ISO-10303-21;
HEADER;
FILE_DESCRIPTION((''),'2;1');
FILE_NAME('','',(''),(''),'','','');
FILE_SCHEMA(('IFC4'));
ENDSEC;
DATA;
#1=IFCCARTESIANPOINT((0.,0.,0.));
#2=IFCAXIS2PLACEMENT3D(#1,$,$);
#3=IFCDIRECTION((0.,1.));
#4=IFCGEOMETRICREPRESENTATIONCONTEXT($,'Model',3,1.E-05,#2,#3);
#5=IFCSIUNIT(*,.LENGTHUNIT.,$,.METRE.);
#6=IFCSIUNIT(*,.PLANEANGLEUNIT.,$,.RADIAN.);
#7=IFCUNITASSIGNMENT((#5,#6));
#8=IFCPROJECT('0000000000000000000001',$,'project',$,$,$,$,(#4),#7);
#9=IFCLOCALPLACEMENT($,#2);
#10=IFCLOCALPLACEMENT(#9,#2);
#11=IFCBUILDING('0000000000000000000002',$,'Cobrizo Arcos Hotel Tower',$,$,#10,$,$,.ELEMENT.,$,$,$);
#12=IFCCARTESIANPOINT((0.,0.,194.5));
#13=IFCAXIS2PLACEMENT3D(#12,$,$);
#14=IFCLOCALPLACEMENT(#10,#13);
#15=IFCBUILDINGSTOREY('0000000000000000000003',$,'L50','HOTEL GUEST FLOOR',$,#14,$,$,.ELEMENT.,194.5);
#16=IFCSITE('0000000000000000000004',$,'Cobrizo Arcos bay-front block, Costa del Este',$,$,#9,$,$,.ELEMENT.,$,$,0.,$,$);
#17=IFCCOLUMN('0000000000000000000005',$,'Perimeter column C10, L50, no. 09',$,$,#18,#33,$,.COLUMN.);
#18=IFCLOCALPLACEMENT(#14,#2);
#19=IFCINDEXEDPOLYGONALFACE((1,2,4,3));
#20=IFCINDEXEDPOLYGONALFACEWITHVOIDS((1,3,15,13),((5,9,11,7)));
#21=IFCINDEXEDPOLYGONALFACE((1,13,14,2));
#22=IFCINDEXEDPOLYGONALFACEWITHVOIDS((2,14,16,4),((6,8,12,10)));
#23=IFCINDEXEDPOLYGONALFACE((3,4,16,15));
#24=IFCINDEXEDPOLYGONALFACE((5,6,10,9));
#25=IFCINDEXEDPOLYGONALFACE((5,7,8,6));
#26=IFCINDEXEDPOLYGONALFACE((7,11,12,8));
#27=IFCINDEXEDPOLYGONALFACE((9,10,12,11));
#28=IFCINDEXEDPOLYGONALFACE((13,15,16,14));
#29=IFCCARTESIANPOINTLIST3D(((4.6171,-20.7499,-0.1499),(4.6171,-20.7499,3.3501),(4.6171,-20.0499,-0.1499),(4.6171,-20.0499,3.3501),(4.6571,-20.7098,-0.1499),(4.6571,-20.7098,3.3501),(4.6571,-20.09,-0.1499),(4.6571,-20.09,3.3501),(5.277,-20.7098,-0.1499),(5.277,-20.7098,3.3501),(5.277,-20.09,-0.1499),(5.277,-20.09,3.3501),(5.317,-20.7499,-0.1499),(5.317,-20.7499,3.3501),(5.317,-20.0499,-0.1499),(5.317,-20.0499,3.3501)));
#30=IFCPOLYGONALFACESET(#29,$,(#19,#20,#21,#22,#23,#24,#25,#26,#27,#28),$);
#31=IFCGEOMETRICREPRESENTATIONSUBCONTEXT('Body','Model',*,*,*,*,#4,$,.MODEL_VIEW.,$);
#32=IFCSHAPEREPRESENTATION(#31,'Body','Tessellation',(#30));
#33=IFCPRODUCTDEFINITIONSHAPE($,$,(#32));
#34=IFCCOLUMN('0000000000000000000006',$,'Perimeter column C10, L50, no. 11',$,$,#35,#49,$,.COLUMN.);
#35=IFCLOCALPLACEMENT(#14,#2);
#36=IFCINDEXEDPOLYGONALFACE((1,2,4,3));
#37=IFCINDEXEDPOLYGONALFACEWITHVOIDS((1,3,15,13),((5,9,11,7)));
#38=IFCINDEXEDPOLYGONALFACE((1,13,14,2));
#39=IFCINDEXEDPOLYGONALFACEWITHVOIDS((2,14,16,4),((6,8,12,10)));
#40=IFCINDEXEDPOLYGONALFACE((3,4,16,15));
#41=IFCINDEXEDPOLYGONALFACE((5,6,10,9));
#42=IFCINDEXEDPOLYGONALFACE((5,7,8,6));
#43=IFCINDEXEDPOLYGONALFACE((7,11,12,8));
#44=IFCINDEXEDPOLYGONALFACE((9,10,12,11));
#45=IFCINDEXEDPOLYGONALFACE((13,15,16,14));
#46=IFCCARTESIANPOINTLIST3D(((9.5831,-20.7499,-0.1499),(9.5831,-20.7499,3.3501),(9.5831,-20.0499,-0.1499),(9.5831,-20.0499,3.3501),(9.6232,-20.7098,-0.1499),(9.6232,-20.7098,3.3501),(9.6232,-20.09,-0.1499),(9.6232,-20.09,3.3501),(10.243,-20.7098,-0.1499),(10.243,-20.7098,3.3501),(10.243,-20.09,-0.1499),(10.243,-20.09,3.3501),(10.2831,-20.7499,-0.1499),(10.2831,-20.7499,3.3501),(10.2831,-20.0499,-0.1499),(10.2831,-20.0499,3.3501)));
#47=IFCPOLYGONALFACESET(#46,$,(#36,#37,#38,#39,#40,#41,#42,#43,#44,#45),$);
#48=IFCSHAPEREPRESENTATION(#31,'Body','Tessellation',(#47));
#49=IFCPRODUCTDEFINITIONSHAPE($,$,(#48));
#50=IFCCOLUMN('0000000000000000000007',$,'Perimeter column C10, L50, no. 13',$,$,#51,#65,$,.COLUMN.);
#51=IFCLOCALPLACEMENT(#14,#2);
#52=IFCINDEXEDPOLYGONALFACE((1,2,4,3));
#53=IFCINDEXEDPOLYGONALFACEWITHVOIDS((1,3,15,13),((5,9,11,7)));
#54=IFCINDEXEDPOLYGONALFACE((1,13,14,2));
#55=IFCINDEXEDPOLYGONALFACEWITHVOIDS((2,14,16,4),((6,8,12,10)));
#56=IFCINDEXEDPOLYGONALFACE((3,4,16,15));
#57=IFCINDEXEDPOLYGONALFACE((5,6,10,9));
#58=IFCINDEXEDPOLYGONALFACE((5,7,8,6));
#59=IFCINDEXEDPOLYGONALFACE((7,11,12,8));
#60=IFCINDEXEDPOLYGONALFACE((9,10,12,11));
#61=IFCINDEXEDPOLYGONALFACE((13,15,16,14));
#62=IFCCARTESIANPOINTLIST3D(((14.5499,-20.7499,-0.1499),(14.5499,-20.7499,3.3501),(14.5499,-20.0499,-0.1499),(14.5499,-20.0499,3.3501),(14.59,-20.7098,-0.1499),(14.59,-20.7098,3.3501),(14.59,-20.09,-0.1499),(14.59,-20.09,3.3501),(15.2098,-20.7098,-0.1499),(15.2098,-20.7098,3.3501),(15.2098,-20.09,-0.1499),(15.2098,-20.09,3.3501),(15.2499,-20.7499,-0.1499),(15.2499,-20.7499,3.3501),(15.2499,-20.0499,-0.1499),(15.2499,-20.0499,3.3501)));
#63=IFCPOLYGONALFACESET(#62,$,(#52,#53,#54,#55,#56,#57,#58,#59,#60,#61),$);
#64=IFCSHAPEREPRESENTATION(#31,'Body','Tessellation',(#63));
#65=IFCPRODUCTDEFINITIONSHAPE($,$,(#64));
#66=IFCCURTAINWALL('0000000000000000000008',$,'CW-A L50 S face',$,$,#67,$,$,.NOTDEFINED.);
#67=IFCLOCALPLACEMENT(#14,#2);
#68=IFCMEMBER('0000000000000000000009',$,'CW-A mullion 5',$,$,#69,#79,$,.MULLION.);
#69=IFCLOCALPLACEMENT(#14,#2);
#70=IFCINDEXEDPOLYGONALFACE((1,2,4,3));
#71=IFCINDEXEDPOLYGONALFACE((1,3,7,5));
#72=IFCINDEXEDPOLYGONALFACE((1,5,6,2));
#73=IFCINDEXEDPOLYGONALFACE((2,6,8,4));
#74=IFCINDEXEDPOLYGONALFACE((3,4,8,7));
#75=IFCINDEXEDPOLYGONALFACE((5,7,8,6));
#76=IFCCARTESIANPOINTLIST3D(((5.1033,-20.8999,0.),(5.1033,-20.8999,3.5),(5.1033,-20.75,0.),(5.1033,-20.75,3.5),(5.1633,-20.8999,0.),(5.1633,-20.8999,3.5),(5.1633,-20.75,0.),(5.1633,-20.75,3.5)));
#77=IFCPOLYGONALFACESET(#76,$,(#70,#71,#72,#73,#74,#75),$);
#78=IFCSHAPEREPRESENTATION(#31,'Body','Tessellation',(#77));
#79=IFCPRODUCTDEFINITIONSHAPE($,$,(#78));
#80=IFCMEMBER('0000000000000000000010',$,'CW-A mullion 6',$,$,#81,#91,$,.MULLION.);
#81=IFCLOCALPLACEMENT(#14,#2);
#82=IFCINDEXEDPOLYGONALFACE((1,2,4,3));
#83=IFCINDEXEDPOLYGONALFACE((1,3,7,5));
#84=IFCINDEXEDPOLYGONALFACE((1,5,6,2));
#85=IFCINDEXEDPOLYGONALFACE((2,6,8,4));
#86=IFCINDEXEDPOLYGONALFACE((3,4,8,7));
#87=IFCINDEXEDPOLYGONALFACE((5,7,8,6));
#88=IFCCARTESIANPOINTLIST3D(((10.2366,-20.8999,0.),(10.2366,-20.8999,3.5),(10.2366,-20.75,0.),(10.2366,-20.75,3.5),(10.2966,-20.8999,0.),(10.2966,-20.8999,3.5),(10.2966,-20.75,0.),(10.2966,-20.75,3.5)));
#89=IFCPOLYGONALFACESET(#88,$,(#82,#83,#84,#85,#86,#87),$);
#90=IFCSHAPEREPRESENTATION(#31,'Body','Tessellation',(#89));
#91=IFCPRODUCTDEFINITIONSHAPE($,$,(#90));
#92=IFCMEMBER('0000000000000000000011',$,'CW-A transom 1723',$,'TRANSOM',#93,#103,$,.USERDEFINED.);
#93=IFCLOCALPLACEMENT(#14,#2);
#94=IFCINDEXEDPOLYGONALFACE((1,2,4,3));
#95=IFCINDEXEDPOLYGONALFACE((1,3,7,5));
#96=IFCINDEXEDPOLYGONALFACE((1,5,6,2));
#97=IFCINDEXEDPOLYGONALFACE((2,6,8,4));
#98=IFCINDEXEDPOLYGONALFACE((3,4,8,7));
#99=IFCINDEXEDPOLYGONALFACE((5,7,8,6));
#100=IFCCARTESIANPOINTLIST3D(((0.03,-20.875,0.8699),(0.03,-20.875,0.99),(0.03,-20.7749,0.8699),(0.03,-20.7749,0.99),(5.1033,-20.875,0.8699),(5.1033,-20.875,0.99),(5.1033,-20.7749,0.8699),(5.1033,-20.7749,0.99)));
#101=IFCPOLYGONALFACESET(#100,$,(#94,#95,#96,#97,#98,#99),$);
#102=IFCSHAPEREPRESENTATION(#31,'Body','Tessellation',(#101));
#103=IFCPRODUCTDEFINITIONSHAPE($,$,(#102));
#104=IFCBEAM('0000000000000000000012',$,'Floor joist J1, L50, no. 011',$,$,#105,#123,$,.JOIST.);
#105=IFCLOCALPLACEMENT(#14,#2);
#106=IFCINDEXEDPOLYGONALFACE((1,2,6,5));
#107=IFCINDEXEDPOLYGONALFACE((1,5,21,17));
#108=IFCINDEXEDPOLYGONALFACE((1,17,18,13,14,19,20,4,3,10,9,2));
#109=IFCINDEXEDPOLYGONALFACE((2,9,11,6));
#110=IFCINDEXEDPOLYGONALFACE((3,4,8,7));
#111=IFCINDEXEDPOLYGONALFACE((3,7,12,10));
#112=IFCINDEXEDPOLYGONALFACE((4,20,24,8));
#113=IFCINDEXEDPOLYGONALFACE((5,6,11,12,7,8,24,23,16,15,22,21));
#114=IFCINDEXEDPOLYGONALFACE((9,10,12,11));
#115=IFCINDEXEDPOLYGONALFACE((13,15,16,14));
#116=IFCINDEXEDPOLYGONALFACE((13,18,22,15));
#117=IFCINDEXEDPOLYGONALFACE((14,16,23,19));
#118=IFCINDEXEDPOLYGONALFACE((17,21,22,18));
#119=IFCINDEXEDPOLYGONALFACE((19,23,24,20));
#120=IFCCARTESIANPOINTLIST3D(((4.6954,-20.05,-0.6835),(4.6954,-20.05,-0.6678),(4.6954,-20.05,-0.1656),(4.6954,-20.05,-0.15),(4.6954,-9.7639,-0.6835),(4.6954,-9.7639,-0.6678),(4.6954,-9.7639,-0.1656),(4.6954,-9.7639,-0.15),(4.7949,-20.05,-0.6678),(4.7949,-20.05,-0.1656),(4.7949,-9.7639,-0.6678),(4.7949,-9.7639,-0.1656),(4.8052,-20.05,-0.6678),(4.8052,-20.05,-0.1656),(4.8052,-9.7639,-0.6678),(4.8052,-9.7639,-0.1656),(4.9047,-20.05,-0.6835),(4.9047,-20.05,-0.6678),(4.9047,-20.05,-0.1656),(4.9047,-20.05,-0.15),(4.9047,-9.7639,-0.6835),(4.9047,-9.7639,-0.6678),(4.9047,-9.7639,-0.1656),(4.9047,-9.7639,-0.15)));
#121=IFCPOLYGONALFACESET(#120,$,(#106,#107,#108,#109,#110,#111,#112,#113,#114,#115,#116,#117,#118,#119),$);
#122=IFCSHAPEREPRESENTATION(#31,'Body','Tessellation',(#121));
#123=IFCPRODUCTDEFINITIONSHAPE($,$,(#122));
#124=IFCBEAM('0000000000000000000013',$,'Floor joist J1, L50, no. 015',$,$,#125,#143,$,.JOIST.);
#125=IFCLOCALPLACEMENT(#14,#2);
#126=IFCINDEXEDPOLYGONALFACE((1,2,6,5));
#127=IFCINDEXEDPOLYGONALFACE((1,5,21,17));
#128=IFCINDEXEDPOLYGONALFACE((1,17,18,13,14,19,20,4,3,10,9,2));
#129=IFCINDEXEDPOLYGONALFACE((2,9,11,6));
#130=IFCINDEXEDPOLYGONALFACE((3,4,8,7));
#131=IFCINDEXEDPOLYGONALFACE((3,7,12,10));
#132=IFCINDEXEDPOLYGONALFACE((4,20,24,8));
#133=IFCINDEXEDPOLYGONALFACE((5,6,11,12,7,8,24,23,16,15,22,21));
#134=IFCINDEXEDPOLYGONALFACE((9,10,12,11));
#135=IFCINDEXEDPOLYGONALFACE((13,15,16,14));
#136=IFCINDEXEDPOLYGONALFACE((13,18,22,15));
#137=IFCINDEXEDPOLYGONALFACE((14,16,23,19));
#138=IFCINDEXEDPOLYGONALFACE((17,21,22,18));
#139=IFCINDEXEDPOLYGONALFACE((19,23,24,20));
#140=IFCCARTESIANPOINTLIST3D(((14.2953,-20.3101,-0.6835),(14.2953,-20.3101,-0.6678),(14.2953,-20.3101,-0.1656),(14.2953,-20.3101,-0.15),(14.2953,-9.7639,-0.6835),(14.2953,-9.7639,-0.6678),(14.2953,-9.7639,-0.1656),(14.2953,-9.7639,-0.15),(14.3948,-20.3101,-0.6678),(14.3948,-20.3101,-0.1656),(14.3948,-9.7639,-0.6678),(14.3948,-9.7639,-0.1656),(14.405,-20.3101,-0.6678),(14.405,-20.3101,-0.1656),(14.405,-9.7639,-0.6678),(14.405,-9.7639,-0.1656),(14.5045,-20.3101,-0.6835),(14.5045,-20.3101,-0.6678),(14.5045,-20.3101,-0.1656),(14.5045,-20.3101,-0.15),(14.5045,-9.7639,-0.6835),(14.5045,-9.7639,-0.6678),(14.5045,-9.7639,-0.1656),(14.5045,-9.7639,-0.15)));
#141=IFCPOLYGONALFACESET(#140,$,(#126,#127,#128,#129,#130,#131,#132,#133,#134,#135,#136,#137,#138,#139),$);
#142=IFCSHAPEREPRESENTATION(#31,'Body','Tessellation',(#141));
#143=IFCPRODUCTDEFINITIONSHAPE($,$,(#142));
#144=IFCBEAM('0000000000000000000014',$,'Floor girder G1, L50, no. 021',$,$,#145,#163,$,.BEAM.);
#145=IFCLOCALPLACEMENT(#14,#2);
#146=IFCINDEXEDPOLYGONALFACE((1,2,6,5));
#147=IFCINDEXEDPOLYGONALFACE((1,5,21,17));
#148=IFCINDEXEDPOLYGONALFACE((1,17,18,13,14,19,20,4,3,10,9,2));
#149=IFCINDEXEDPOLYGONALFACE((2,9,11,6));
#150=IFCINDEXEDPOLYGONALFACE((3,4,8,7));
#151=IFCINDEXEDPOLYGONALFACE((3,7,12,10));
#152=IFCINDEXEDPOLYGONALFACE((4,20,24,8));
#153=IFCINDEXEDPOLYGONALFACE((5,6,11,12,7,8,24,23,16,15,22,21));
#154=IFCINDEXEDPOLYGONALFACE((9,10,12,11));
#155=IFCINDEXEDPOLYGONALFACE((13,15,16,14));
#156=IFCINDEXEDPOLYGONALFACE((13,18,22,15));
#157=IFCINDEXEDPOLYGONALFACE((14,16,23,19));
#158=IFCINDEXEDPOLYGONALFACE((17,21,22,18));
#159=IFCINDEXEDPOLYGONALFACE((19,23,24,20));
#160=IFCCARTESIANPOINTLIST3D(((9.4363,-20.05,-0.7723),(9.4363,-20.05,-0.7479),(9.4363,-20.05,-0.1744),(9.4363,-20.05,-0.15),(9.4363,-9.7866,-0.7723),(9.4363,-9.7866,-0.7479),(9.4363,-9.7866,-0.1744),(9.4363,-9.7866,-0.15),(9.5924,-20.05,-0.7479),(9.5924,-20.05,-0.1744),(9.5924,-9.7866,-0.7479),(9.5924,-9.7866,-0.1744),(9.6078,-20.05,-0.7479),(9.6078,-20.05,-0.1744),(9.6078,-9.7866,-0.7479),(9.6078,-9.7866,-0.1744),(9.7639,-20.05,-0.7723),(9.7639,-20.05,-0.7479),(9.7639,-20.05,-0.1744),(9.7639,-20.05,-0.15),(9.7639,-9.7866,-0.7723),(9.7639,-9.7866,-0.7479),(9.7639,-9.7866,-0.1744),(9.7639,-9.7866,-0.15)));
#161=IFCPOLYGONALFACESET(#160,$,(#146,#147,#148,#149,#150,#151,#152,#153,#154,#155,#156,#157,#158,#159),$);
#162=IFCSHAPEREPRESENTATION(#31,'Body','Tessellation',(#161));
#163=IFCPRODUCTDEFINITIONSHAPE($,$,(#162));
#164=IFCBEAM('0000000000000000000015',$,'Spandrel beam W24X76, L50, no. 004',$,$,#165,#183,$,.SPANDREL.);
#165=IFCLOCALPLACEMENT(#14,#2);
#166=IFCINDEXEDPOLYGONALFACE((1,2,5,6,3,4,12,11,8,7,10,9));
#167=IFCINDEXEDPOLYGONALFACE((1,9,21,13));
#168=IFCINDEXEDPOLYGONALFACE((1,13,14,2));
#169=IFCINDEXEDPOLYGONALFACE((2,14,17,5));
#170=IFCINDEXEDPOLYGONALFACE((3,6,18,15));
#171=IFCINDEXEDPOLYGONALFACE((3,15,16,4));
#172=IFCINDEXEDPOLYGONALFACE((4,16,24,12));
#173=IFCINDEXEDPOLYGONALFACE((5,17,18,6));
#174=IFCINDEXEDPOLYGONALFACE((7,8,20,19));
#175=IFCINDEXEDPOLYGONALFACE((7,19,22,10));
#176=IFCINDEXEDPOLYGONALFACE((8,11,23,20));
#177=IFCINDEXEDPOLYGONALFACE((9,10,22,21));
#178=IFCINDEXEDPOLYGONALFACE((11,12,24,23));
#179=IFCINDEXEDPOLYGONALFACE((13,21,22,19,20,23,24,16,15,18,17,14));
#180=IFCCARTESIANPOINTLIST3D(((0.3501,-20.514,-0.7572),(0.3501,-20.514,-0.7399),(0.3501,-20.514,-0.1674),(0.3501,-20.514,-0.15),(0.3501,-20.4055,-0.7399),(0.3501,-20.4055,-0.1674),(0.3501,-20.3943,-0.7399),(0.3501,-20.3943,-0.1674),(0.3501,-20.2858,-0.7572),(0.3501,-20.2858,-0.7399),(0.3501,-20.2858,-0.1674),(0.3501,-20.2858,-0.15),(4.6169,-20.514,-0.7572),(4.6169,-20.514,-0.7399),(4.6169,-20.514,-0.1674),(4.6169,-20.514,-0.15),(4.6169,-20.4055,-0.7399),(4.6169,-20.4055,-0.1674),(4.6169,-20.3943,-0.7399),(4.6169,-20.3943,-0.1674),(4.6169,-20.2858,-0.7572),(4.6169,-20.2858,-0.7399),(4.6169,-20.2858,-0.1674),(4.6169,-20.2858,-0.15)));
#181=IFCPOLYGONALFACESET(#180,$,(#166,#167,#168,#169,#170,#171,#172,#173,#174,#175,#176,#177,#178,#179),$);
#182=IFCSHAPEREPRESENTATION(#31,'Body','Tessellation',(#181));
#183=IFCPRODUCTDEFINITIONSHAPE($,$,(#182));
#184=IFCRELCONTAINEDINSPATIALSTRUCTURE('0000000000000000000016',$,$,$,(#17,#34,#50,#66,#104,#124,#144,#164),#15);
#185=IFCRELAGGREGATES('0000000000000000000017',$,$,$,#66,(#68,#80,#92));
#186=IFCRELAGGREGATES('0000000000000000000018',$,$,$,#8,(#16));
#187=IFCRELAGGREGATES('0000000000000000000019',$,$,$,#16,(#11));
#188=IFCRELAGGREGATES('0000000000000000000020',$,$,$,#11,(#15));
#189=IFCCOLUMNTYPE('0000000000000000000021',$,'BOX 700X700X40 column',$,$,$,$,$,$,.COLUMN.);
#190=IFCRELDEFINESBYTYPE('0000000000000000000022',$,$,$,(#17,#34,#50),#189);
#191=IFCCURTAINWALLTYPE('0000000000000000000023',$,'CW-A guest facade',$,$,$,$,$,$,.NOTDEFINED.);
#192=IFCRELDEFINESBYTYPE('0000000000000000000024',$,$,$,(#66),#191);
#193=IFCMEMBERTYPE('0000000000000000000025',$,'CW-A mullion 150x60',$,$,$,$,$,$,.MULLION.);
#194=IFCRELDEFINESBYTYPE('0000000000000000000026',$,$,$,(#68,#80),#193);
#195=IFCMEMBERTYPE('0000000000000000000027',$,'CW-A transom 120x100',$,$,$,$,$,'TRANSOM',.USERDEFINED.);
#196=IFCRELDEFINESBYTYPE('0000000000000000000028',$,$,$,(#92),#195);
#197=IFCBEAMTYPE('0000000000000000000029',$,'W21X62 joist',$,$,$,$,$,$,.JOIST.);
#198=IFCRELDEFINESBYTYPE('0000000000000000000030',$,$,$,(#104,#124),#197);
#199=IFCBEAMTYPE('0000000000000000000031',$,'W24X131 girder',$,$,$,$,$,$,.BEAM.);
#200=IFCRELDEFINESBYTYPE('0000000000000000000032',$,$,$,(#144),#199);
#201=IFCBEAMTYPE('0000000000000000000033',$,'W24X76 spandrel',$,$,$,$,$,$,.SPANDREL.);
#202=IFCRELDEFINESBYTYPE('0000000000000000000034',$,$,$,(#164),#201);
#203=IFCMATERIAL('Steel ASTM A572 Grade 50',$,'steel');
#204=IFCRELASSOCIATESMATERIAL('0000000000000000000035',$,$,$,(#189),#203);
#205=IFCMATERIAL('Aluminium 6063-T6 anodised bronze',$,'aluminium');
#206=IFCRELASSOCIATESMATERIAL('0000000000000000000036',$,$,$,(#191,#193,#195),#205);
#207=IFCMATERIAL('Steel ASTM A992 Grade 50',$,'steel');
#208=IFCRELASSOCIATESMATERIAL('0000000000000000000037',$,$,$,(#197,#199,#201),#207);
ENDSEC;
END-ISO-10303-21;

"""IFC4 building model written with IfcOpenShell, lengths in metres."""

from ifc_helpers import new_model, si_unit, direction, frame, origin, origin_2d, place, context, subcontext, project, spatial, rectangle, hollow_rectangle, i_section, extrude, material, material_profile, profile_set, type_object, element, aggregate, save


model = new_model("IFC4")

# Units and contexts
model_context = context("Model", 3, precision=1e-05, world=origin(), true_north=direction((0.0, 1.0)))
body_context = subcontext(model_context, "Body", "Model", "MODEL_VIEW")
ifc_project = project(units=[si_unit("LENGTHUNIT", "METRE"), si_unit("PLANEANGLEUNIT", "RADIAN")], contexts=[model_context])

# Site, building, storey
site_placement = place(None, origin())
site = spatial("IfcSite", under=ifc_project, at=site_placement, Name="Cobrizo Arcos bay-front block, Costa del Este", CompositionType="ELEMENT", RefElevation=0.0)
building_placement = place(site_placement, origin())
building = spatial("IfcBuilding", under=site, at=building_placement, Name="Cobrizo Arcos Hotel Tower", CompositionType="ELEMENT")
storey_placement = place(building_placement, frame((0.0, 0.0, 194.5)))
storey = spatial("IfcBuildingStorey", under=building, at=storey_placement, Name="L50", Description="HOTEL GUEST FLOOR", CompositionType="ELEMENT", Elevation=194.5)

# Columns
ifc_material_1 = material(Name="Steel ASTM A572 Grade 50", Category="steel")
ifc_material_profile_1 = material_profile(ifc_material_1, hollow_rectangle(XDim=0.7, YDim=0.7, WallThickness=0.04, at=origin_2d()), Name="BOX 700X700X40")
ifc_profile_set_1 = profile_set([ifc_material_profile_1], Name="Steel ASTM A572 Grade 50")
column_type = type_object("IfcColumnType", Name="BOX 700X700X40 column", PredefinedType="COLUMN", material=ifc_profile_set_1)
for number, where, z_axis, x_axis, name in (
    (1, (4.967, -20.3999, -0.1499), (0.0, 0.0, 1.0), (1.0, 0.0, 0.0), "Perimeter column C10, L50, no. 09"),
    (2, (9.9331, -20.3999, -0.1499), (0.0, 0.0, 1.0), (1.0, 0.0, 0.0), "Perimeter column C10, L50, no. 11"),
    (3, (14.8999, -20.3999, -0.1499), (0.0, 0.0, 1.0), (1.0, 0.0, 0.0), "Perimeter column C10, L50, no. 13"),
):
    element("IfcColumn", number, at=place(storey_placement, frame(where, z_axis=z_axis, x_axis=x_axis)), inside=storey, type_object=column_type, Name=name, PredefinedType="COLUMN", context=body_context, shape_type="SweptSolid", body=[
        extrude(hollow_rectangle(XDim=0.7, YDim=0.7, WallThickness=0.04, at=origin_2d()), origin(), (0.0, 0.0, 1.0), 3.5),
    ])

# Curtain wall, members
ifc_material_2 = material(Name="Aluminium 6063-T6 anodised bronze", Category="aluminium")
curtain_wall_type = type_object("IfcCurtainWallType", Name="CW-A guest facade", PredefinedType="NOTDEFINED", material=ifc_material_2)
curtain_wall_placement = place(storey_placement, origin())
curtain_wall = element("IfcCurtainWall", 4, at=curtain_wall_placement, inside=storey, type_object=curtain_wall_type, Name="CW-A L50 S face", PredefinedType="NOTDEFINED")
ifc_material_profile_2 = material_profile(ifc_material_2, rectangle(XDim=0.1499, YDim=0.0601, at=origin_2d()), Name="CW-A mullion 150x60")
ifc_profile_set_2 = profile_set([ifc_material_profile_2], Name="Aluminium 6063-T6 anodised bronze")
member_type_1 = type_object("IfcMemberType", Name="CW-A mullion 150x60", PredefinedType="MULLION", material=ifc_profile_set_2)
member_1_placement = place(storey_placement, frame((5.1333, -20.825, 0.0), z_axis=(0.0, 0.0, 1.0), x_axis=(0.0, -1.0, 0.0)))
member_1 = element("IfcMember", 5, at=member_1_placement, type_object=member_type_1, Name="CW-A mullion 5", PredefinedType="MULLION", context=body_context, shape_type="SweptSolid", body=[
    extrude(rectangle(XDim=0.1499, YDim=0.0601, at=origin_2d()), origin(), (0.0, 0.0, 1.0), 3.5),
])
member_2_placement = place(storey_placement, frame((10.2666, -20.825, 0.0), z_axis=(0.0, 0.0, 1.0), x_axis=(0.0, -1.0, 0.0)))
member_2 = element("IfcMember", 6, at=member_2_placement, type_object=member_type_1, Name="CW-A mullion 6", PredefinedType="MULLION", context=body_context, shape_type="SweptSolid", body=[
    extrude(rectangle(XDim=0.1499, YDim=0.0601, at=origin_2d()), origin(), (0.0, 0.0, 1.0), 3.5),
])
ifc_material_profile_3 = material_profile(ifc_material_2, rectangle(XDim=0.1001, YDim=0.1201, at=origin_2d()), Name="CW-A transom 120x100")
ifc_profile_set_3 = profile_set([ifc_material_profile_3], Name="Aluminium 6063-T6 anodised bronze")
member_type_2 = type_object("IfcMemberType", Name="CW-A transom 120x100", ElementType="TRANSOM", PredefinedType="USERDEFINED", material=ifc_profile_set_3)
member_3_placement = place(storey_placement, frame((0.03, -20.825, 0.9299), z_axis=(1.0, 0.0, 0.0), x_axis=(0.0, 1.0, 0.0)))
member_3 = element("IfcMember", 7, at=member_3_placement, type_object=member_type_2, Name="CW-A transom 1723", ObjectType="TRANSOM", PredefinedType="USERDEFINED", context=body_context, shape_type="SweptSolid", body=[
    extrude(rectangle(XDim=0.1001, YDim=0.1201, at=origin_2d()), origin(), (0.0, 0.0, 1.0), 5.0732),
])

# Beams
ifc_material_3 = material(Name="Steel ASTM A992 Grade 50", Category="steel")
ifc_material_profile_4 = material_profile(ifc_material_3, i_section(OverallWidth=0.2092, OverallDepth=0.5334, WebThickness=0.0103, FlangeThickness=0.0156, at=origin_2d()), Name="W21X62")
ifc_profile_set_4 = profile_set([ifc_material_profile_4], Name="Steel ASTM A992 Grade 50")
beam_type_1 = type_object("IfcBeamType", Name="W21X62 joist", PredefinedType="JOIST", material=ifc_profile_set_4)
beam_1_placement = place(storey_placement, frame((4.8, -20.05, -0.4167), z_axis=(0.0, 1.0, 0.0), x_axis=(-1.0, 0.0, 0.0)))
element("IfcBeam", 8, at=beam_1_placement, inside=storey, type_object=beam_type_1, Name="Floor joist J1, L50, no. 011", PredefinedType="JOIST", context=body_context, shape_type="SweptSolid", body=[
    extrude(i_section(OverallWidth=0.2092, OverallDepth=0.5334, WebThickness=0.0103, FlangeThickness=0.0156, at=origin_2d()), origin(), (0.0, 0.0, 1.0), 10.2861),
])
beam_2_placement = place(storey_placement, frame((14.3999, -20.3101, -0.4167), z_axis=(0.0, 1.0, 0.0), x_axis=(-1.0, 0.0, 0.0)))
element("IfcBeam", 9, at=beam_2_placement, inside=storey, type_object=beam_type_1, Name="Floor joist J1, L50, no. 015", PredefinedType="JOIST", context=body_context, shape_type="SweptSolid", body=[
    extrude(i_section(OverallWidth=0.2092, OverallDepth=0.5334, WebThickness=0.0103, FlangeThickness=0.0156, at=origin_2d()), origin(), (0.0, 0.0, 1.0), 10.5461),
])
ifc_material_profile_5 = material_profile(ifc_material_3, i_section(OverallWidth=0.3276, OverallDepth=0.6223, WebThickness=0.0154, FlangeThickness=0.0244, at=origin_2d()), Name="W24X131")
ifc_profile_set_5 = profile_set([ifc_material_profile_5], Name="Steel ASTM A992 Grade 50")
beam_type_2 = type_object("IfcBeamType", Name="W24X131 girder", PredefinedType="BEAM", material=ifc_profile_set_5)
beam_3_placement = place(storey_placement, frame((9.6001, -20.05, -0.4612), z_axis=(0.0, 1.0, 0.0), x_axis=(-1.0, 0.0, 0.0)))
element("IfcBeam", 10, at=beam_3_placement, inside=storey, type_object=beam_type_2, Name="Floor girder G1, L50, no. 021", PredefinedType="BEAM", context=body_context, shape_type="SweptSolid", body=[
    extrude(i_section(OverallWidth=0.3276, OverallDepth=0.6223, WebThickness=0.0154, FlangeThickness=0.0244, at=origin_2d()), origin(), (0.0, 0.0, 1.0), 10.2634),
])
ifc_material_profile_6 = material_profile(ifc_material_3, i_section(OverallWidth=0.2283, OverallDepth=0.6072, WebThickness=0.0112, FlangeThickness=0.0173, at=origin_2d()), Name="W24X76")
ifc_profile_set_6 = profile_set([ifc_material_profile_6], Name="Steel ASTM A992 Grade 50")
beam_type_3 = type_object("IfcBeamType", Name="W24X76 spandrel", PredefinedType="SPANDREL", material=ifc_profile_set_6)
beam_4_placement = place(storey_placement, frame((0.3501, -20.3999, -0.4536), z_axis=(1.0, 0.0, 0.0), x_axis=(0.0, 1.0, 0.0)))
element("IfcBeam", 11, at=beam_4_placement, inside=storey, type_object=beam_type_3, Name="Spandrel beam W24X76, L50, no. 004", PredefinedType="SPANDREL", context=body_context, shape_type="SweptSolid", body=[
    extrude(i_section(OverallWidth=0.2283, OverallDepth=0.6072, WebThickness=0.0112, FlangeThickness=0.0173, at=origin_2d()), origin(), (0.0, 0.0, 1.0), 4.2668),
])

aggregate(curtain_wall, [member_1, member_2, member_3])

save(model, "model.ifc")
